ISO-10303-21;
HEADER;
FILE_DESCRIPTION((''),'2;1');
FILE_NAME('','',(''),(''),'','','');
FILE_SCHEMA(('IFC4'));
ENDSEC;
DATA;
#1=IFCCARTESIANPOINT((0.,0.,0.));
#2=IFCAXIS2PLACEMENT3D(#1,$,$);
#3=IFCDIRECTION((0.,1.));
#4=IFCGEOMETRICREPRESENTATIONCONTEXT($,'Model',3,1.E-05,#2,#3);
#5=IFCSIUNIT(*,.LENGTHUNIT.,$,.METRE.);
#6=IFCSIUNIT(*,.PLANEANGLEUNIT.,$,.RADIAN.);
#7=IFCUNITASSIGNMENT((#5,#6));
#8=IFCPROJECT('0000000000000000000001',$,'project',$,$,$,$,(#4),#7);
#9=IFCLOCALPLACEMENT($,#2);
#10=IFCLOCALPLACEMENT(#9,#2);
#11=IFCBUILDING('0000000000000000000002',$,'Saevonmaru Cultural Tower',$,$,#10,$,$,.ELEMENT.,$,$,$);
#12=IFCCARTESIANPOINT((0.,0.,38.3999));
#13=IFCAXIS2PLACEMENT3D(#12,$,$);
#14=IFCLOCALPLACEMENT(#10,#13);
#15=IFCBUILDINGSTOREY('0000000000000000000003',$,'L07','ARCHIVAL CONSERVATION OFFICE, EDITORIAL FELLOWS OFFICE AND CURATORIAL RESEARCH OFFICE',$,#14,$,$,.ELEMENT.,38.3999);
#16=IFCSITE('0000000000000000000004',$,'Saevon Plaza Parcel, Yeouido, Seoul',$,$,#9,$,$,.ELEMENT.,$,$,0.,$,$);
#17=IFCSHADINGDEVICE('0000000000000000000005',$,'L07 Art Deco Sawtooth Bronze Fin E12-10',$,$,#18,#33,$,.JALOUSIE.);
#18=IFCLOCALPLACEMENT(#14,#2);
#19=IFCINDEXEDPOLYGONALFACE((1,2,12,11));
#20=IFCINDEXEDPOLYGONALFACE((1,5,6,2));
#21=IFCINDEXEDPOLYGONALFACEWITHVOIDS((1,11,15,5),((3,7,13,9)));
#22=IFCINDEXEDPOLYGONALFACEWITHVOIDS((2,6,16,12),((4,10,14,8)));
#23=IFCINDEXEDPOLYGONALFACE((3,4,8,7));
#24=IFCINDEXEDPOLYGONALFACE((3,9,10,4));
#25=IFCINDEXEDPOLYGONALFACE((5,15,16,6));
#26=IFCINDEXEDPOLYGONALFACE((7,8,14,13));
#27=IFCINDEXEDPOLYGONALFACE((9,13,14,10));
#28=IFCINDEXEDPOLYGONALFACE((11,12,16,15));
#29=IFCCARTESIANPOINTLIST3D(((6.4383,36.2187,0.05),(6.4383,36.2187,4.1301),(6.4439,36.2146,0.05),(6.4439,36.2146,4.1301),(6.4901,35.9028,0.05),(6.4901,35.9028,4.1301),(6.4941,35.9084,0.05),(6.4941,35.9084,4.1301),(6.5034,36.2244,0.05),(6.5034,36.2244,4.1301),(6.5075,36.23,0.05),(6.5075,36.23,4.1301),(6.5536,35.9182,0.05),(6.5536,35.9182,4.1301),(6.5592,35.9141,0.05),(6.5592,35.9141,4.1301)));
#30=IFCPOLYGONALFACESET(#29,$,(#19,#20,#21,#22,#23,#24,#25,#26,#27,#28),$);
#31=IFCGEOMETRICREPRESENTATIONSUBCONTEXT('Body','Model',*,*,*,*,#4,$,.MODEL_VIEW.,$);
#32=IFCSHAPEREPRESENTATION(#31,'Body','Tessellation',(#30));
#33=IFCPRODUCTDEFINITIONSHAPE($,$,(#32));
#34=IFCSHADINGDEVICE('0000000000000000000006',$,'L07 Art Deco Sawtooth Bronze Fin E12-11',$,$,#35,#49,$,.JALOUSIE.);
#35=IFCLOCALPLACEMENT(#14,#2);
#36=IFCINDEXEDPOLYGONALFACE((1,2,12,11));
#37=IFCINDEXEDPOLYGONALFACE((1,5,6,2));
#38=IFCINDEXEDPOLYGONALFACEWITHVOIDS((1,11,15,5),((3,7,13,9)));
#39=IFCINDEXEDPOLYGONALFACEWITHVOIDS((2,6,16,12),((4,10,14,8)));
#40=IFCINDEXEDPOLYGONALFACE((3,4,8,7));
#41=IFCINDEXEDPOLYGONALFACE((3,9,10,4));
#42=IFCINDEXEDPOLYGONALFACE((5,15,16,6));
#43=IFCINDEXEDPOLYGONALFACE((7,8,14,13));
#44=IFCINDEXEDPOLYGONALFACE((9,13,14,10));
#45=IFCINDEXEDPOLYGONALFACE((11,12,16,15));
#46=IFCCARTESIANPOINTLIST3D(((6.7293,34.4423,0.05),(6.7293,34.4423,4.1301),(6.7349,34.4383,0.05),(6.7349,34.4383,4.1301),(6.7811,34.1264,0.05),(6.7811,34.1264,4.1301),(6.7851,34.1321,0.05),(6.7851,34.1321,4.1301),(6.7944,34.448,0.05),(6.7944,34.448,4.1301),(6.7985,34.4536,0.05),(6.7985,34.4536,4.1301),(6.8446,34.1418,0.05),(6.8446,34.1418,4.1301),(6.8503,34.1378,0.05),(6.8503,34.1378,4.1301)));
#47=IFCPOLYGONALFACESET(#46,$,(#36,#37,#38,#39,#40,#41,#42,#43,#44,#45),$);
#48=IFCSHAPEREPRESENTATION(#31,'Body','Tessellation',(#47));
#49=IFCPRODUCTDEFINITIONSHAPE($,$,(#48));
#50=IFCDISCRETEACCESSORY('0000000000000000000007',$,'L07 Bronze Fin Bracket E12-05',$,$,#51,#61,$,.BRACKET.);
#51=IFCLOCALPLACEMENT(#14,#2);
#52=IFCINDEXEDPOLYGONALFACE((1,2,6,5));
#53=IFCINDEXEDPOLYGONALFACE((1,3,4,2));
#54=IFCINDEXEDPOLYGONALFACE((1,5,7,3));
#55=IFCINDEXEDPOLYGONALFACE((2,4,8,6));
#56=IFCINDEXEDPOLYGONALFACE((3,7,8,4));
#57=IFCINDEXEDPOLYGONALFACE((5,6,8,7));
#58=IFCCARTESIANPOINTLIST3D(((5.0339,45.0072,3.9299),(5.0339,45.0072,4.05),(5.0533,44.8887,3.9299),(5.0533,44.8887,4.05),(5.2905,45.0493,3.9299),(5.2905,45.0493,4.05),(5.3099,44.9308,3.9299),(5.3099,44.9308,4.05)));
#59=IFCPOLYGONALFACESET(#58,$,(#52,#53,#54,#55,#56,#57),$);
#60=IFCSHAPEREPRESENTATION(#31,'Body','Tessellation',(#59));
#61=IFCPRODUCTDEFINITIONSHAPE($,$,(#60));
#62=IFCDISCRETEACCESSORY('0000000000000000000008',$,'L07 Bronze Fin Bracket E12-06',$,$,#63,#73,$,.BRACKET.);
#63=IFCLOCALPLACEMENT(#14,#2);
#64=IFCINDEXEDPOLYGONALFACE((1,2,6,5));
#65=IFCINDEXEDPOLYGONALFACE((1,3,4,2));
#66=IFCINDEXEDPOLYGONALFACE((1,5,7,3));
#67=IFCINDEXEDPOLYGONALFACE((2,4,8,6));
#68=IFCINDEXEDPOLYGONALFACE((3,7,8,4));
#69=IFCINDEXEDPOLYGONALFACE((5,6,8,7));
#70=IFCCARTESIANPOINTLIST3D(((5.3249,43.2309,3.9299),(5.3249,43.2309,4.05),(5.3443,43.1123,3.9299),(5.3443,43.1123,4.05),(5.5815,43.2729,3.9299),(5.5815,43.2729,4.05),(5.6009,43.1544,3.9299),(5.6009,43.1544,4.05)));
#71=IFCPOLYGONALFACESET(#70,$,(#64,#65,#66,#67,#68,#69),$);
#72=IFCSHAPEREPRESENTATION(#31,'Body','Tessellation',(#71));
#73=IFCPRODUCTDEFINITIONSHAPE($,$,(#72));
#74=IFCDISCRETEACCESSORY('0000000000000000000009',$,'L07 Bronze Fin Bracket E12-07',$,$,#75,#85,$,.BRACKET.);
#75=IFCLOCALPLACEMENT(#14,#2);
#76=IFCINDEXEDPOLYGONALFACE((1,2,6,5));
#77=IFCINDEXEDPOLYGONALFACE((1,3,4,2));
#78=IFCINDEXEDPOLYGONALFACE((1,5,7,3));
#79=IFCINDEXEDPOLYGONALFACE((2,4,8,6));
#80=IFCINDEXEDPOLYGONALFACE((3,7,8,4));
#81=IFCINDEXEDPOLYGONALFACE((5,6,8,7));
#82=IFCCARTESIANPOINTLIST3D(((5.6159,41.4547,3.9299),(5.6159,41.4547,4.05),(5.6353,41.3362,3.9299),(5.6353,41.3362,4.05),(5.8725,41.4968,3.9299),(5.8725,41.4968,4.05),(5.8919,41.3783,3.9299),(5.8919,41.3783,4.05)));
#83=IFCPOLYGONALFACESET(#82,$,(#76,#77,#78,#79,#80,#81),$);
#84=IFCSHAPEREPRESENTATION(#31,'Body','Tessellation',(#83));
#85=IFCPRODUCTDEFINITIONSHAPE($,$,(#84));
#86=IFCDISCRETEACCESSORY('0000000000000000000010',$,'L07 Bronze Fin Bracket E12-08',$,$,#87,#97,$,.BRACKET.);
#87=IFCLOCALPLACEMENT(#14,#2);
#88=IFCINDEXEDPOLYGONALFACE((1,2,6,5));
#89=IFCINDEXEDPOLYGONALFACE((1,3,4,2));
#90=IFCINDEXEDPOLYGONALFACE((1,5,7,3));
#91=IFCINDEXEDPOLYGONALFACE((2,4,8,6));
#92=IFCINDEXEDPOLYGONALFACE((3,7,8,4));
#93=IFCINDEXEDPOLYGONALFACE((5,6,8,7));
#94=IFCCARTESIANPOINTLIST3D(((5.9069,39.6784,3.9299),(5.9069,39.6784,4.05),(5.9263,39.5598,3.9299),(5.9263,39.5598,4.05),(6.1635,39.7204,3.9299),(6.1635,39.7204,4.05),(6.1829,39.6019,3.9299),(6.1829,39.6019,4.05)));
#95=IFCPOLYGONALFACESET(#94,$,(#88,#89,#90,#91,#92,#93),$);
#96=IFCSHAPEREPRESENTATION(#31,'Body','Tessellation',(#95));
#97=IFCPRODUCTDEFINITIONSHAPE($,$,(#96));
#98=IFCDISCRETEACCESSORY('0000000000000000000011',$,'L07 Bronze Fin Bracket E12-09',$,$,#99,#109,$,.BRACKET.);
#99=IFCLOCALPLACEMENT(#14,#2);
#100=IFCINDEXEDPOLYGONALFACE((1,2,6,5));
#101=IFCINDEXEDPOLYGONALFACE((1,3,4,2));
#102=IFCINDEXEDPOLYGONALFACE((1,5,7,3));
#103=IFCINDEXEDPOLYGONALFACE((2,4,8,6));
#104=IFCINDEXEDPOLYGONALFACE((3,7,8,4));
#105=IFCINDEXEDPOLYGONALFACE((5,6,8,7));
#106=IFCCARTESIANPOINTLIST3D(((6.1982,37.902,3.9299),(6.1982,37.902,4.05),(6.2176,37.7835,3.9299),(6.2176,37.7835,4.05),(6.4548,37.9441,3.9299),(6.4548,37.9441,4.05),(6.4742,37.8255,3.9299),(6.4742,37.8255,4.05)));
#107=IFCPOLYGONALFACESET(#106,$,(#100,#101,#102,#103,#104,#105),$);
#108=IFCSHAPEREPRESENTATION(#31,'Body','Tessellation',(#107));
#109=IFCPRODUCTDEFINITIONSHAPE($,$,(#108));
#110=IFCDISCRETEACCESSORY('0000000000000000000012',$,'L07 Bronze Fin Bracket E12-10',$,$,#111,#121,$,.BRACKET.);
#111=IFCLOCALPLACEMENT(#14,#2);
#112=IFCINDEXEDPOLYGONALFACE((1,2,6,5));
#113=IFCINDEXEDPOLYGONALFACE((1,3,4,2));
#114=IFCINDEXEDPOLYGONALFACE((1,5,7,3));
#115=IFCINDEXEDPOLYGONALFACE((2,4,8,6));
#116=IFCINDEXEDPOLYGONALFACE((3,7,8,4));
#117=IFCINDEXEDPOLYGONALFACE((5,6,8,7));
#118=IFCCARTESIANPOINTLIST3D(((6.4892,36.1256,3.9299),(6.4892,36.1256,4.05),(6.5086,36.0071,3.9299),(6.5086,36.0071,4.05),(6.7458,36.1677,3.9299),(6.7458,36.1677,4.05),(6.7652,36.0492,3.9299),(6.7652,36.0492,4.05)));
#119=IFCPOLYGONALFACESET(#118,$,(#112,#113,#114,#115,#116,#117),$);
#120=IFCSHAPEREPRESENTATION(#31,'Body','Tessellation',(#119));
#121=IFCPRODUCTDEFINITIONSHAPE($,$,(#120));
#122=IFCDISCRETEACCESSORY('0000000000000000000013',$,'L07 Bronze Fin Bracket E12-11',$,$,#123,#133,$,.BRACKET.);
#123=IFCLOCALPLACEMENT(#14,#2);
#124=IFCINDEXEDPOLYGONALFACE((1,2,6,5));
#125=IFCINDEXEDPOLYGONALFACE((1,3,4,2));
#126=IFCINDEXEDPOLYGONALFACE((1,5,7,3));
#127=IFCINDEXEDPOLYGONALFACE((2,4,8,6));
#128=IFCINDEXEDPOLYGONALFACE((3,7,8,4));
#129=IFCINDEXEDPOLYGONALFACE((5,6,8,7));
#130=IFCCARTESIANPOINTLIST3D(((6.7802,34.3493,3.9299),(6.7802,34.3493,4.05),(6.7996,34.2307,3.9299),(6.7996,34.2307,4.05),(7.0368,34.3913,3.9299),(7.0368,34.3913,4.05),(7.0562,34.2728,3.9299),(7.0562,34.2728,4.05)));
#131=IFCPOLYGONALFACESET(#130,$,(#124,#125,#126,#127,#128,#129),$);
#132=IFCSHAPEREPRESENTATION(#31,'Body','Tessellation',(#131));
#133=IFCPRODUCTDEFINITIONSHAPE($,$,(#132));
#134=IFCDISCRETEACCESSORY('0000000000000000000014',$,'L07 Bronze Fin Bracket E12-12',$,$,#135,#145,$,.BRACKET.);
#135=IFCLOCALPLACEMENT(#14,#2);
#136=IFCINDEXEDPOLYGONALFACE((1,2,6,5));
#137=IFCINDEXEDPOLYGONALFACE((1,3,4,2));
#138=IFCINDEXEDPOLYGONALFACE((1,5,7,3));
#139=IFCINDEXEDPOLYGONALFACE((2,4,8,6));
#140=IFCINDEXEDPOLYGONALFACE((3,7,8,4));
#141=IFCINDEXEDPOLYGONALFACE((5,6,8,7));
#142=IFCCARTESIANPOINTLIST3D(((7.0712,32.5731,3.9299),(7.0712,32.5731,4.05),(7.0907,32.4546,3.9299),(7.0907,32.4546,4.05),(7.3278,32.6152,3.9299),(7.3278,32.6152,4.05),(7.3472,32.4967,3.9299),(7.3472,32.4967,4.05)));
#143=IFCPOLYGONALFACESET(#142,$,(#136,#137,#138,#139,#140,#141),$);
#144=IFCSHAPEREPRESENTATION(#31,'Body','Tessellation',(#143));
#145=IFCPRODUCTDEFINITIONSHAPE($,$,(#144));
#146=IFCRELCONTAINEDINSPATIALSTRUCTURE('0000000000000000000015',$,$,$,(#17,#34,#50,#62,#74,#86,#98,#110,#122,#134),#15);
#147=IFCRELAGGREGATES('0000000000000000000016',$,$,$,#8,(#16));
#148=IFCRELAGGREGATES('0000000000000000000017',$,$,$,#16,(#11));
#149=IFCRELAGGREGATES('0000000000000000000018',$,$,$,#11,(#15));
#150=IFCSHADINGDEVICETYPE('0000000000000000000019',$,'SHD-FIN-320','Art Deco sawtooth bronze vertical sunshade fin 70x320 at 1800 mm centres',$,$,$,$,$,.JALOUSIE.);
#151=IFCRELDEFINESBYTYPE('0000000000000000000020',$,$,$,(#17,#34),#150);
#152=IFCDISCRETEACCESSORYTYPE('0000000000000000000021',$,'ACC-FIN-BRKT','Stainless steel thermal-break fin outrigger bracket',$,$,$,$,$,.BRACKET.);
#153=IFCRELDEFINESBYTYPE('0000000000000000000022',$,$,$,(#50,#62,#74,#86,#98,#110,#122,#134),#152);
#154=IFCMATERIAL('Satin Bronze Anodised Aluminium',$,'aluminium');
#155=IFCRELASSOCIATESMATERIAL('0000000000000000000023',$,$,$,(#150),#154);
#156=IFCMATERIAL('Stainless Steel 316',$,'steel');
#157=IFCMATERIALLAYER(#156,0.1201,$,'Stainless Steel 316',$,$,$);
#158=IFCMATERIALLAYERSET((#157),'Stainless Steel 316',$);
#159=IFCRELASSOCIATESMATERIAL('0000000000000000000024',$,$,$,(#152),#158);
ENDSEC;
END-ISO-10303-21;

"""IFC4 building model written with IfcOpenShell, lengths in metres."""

from ifc_helpers import new_model, si_unit, direction, frame, origin, origin_2d, place, context, subcontext, project, spatial, rectangle, hollow_rectangle, extrude, material, layer, layer_set, material_profile, profile_set, type_object, element, save


model = new_model("IFC4")

# Units and contexts
model_context = context("Model", 3, precision=1e-05, world=origin(), true_north=direction((0.0, 1.0)))
body_context = subcontext(model_context, "Body", "Model", "MODEL_VIEW")
ifc_project = project(units=[si_unit("LENGTHUNIT", "METRE"), si_unit("PLANEANGLEUNIT", "RADIAN")], contexts=[model_context])

# Site, building, storey
site_placement = place(None, origin())
site = spatial("IfcSite", under=ifc_project, at=site_placement, Name="Saevon Plaza Parcel, Yeouido, Seoul", CompositionType="ELEMENT", RefElevation=0.0)
building_placement = place(site_placement, origin())
building = spatial("IfcBuilding", under=site, at=building_placement, Name="Saevonmaru Cultural Tower", CompositionType="ELEMENT")
storey_placement = place(building_placement, frame((0.0, 0.0, 38.3999)))
storey = spatial("IfcBuildingStorey", under=building, at=storey_placement, Name="L07", Description="ARCHIVAL CONSERVATION OFFICE, EDITORIAL FELLOWS OFFICE AND CURATORIAL RESEARCH OFFICE", CompositionType="ELEMENT", Elevation=38.3999)

# Shared definitions
ifc_material_1 = material(Name="Satin Bronze Anodised Aluminium", Category="aluminium")

# Shading devices
ifc_material_profile_1 = material_profile(ifc_material_1, hollow_rectangle(XDim=0.0701, YDim=0.3201, WallThickness=0.0049, at=origin_2d()), Name="FIN-320x70")
ifc_profile_set_1 = profile_set([ifc_material_profile_1], Name="Satin Bronze Anodised Aluminium")
shading_device_type = type_object("IfcShadingDeviceType", Name="SHD-FIN-320", Description="Art Deco sawtooth bronze vertical sunshade fin 70x320 at 1800 mm centres", PredefinedType="JALOUSIE", material=ifc_profile_set_1)
for number, where, z_axis, x_axis, name in (
    (1, (6.4988, 36.0664, 0.05), (0.0, 0.0, 1.0), (-0.986827, -0.161776, 0.0), "L07 Art Deco Sawtooth Bronze Fin E12-10"),
    (2, (6.7898, 34.29, 0.05), (0.0, 0.0, 1.0), (-0.986827, -0.161776, 0.0), "L07 Art Deco Sawtooth Bronze Fin E12-11"),
):
    element("IfcShadingDevice", number, at=place(storey_placement, frame(where, z_axis=z_axis, x_axis=x_axis)), inside=storey, type_object=shading_device_type, Name=name, PredefinedType="JALOUSIE", context=body_context, shape_type="SweptSolid", body=[
        extrude(hollow_rectangle(XDim=0.0701, YDim=0.3201, WallThickness=0.0049, at=origin_2d()), origin(), (0.0, 0.0, 1.0), 4.0801),
    ])

# Discrete accessories
ifc_material_2 = material(Name="Stainless Steel 316", Category="steel")
ifc_layer_1 = layer(ifc_material_2, 0.1201, Name="Stainless Steel 316")
ifc_layer_set_1 = layer_set([ifc_layer_1], Name="Stainless Steel 316")
discrete_accessory_type = type_object("IfcDiscreteAccessoryType", Name="ACC-FIN-BRKT", Description="Stainless steel thermal-break fin outrigger bracket", PredefinedType="BRACKET", material=ifc_layer_set_1)
for number, where, z_axis, x_axis, name in (
    (3, (5.1719, 44.969, 3.9299), (0.0, 0.0, 1.0), (-0.986827, -0.161776, 0.0), "L07 Bronze Fin Bracket E12-05"),
    (4, (5.4629, 43.1926, 3.9299), (0.0, 0.0, 1.0), (-0.986827, -0.161776, 0.0), "L07 Bronze Fin Bracket E12-06"),
    (5, (5.7539, 41.4165, 3.9299), (0.0, 0.0, 1.0), (-0.986827, -0.161776, 0.0), "L07 Bronze Fin Bracket E12-07"),
    (6, (6.0449, 39.6401, 3.9299), (0.0, 0.0, 1.0), (-0.986827, -0.161776, 0.0), "L07 Bronze Fin Bracket E12-08"),
    (7, (6.3362, 37.8638, 3.9299), (0.0, 0.0, 1.0), (-0.986827, -0.161776, 0.0), "L07 Bronze Fin Bracket E12-09"),
    (8, (6.6272, 36.0874, 3.9299), (0.0, 0.0, 1.0), (-0.986827, -0.161776, 0.0), "L07 Bronze Fin Bracket E12-10"),
    (9, (6.9182, 34.311, 3.9299), (0.0, 0.0, 1.0), (-0.986827, -0.161776, 0.0), "L07 Bronze Fin Bracket E12-11"),
    (10, (7.2092, 32.5349, 3.9299), (0.0, 0.0, 1.0), (-0.986827, -0.161776, 0.0), "L07 Bronze Fin Bracket E12-12"),
):
    element("IfcDiscreteAccessory", number, at=place(storey_placement, frame(where, z_axis=z_axis, x_axis=x_axis)), inside=storey, type_object=discrete_accessory_type, Name=name, PredefinedType="BRACKET", context=body_context, shape_type="SweptSolid", body=[
        extrude(rectangle(XDim=0.26, YDim=0.1201, at=origin_2d()), origin(), (0.0, 0.0, 1.0), 0.1201),
    ])

save(model, "model.ifc")
